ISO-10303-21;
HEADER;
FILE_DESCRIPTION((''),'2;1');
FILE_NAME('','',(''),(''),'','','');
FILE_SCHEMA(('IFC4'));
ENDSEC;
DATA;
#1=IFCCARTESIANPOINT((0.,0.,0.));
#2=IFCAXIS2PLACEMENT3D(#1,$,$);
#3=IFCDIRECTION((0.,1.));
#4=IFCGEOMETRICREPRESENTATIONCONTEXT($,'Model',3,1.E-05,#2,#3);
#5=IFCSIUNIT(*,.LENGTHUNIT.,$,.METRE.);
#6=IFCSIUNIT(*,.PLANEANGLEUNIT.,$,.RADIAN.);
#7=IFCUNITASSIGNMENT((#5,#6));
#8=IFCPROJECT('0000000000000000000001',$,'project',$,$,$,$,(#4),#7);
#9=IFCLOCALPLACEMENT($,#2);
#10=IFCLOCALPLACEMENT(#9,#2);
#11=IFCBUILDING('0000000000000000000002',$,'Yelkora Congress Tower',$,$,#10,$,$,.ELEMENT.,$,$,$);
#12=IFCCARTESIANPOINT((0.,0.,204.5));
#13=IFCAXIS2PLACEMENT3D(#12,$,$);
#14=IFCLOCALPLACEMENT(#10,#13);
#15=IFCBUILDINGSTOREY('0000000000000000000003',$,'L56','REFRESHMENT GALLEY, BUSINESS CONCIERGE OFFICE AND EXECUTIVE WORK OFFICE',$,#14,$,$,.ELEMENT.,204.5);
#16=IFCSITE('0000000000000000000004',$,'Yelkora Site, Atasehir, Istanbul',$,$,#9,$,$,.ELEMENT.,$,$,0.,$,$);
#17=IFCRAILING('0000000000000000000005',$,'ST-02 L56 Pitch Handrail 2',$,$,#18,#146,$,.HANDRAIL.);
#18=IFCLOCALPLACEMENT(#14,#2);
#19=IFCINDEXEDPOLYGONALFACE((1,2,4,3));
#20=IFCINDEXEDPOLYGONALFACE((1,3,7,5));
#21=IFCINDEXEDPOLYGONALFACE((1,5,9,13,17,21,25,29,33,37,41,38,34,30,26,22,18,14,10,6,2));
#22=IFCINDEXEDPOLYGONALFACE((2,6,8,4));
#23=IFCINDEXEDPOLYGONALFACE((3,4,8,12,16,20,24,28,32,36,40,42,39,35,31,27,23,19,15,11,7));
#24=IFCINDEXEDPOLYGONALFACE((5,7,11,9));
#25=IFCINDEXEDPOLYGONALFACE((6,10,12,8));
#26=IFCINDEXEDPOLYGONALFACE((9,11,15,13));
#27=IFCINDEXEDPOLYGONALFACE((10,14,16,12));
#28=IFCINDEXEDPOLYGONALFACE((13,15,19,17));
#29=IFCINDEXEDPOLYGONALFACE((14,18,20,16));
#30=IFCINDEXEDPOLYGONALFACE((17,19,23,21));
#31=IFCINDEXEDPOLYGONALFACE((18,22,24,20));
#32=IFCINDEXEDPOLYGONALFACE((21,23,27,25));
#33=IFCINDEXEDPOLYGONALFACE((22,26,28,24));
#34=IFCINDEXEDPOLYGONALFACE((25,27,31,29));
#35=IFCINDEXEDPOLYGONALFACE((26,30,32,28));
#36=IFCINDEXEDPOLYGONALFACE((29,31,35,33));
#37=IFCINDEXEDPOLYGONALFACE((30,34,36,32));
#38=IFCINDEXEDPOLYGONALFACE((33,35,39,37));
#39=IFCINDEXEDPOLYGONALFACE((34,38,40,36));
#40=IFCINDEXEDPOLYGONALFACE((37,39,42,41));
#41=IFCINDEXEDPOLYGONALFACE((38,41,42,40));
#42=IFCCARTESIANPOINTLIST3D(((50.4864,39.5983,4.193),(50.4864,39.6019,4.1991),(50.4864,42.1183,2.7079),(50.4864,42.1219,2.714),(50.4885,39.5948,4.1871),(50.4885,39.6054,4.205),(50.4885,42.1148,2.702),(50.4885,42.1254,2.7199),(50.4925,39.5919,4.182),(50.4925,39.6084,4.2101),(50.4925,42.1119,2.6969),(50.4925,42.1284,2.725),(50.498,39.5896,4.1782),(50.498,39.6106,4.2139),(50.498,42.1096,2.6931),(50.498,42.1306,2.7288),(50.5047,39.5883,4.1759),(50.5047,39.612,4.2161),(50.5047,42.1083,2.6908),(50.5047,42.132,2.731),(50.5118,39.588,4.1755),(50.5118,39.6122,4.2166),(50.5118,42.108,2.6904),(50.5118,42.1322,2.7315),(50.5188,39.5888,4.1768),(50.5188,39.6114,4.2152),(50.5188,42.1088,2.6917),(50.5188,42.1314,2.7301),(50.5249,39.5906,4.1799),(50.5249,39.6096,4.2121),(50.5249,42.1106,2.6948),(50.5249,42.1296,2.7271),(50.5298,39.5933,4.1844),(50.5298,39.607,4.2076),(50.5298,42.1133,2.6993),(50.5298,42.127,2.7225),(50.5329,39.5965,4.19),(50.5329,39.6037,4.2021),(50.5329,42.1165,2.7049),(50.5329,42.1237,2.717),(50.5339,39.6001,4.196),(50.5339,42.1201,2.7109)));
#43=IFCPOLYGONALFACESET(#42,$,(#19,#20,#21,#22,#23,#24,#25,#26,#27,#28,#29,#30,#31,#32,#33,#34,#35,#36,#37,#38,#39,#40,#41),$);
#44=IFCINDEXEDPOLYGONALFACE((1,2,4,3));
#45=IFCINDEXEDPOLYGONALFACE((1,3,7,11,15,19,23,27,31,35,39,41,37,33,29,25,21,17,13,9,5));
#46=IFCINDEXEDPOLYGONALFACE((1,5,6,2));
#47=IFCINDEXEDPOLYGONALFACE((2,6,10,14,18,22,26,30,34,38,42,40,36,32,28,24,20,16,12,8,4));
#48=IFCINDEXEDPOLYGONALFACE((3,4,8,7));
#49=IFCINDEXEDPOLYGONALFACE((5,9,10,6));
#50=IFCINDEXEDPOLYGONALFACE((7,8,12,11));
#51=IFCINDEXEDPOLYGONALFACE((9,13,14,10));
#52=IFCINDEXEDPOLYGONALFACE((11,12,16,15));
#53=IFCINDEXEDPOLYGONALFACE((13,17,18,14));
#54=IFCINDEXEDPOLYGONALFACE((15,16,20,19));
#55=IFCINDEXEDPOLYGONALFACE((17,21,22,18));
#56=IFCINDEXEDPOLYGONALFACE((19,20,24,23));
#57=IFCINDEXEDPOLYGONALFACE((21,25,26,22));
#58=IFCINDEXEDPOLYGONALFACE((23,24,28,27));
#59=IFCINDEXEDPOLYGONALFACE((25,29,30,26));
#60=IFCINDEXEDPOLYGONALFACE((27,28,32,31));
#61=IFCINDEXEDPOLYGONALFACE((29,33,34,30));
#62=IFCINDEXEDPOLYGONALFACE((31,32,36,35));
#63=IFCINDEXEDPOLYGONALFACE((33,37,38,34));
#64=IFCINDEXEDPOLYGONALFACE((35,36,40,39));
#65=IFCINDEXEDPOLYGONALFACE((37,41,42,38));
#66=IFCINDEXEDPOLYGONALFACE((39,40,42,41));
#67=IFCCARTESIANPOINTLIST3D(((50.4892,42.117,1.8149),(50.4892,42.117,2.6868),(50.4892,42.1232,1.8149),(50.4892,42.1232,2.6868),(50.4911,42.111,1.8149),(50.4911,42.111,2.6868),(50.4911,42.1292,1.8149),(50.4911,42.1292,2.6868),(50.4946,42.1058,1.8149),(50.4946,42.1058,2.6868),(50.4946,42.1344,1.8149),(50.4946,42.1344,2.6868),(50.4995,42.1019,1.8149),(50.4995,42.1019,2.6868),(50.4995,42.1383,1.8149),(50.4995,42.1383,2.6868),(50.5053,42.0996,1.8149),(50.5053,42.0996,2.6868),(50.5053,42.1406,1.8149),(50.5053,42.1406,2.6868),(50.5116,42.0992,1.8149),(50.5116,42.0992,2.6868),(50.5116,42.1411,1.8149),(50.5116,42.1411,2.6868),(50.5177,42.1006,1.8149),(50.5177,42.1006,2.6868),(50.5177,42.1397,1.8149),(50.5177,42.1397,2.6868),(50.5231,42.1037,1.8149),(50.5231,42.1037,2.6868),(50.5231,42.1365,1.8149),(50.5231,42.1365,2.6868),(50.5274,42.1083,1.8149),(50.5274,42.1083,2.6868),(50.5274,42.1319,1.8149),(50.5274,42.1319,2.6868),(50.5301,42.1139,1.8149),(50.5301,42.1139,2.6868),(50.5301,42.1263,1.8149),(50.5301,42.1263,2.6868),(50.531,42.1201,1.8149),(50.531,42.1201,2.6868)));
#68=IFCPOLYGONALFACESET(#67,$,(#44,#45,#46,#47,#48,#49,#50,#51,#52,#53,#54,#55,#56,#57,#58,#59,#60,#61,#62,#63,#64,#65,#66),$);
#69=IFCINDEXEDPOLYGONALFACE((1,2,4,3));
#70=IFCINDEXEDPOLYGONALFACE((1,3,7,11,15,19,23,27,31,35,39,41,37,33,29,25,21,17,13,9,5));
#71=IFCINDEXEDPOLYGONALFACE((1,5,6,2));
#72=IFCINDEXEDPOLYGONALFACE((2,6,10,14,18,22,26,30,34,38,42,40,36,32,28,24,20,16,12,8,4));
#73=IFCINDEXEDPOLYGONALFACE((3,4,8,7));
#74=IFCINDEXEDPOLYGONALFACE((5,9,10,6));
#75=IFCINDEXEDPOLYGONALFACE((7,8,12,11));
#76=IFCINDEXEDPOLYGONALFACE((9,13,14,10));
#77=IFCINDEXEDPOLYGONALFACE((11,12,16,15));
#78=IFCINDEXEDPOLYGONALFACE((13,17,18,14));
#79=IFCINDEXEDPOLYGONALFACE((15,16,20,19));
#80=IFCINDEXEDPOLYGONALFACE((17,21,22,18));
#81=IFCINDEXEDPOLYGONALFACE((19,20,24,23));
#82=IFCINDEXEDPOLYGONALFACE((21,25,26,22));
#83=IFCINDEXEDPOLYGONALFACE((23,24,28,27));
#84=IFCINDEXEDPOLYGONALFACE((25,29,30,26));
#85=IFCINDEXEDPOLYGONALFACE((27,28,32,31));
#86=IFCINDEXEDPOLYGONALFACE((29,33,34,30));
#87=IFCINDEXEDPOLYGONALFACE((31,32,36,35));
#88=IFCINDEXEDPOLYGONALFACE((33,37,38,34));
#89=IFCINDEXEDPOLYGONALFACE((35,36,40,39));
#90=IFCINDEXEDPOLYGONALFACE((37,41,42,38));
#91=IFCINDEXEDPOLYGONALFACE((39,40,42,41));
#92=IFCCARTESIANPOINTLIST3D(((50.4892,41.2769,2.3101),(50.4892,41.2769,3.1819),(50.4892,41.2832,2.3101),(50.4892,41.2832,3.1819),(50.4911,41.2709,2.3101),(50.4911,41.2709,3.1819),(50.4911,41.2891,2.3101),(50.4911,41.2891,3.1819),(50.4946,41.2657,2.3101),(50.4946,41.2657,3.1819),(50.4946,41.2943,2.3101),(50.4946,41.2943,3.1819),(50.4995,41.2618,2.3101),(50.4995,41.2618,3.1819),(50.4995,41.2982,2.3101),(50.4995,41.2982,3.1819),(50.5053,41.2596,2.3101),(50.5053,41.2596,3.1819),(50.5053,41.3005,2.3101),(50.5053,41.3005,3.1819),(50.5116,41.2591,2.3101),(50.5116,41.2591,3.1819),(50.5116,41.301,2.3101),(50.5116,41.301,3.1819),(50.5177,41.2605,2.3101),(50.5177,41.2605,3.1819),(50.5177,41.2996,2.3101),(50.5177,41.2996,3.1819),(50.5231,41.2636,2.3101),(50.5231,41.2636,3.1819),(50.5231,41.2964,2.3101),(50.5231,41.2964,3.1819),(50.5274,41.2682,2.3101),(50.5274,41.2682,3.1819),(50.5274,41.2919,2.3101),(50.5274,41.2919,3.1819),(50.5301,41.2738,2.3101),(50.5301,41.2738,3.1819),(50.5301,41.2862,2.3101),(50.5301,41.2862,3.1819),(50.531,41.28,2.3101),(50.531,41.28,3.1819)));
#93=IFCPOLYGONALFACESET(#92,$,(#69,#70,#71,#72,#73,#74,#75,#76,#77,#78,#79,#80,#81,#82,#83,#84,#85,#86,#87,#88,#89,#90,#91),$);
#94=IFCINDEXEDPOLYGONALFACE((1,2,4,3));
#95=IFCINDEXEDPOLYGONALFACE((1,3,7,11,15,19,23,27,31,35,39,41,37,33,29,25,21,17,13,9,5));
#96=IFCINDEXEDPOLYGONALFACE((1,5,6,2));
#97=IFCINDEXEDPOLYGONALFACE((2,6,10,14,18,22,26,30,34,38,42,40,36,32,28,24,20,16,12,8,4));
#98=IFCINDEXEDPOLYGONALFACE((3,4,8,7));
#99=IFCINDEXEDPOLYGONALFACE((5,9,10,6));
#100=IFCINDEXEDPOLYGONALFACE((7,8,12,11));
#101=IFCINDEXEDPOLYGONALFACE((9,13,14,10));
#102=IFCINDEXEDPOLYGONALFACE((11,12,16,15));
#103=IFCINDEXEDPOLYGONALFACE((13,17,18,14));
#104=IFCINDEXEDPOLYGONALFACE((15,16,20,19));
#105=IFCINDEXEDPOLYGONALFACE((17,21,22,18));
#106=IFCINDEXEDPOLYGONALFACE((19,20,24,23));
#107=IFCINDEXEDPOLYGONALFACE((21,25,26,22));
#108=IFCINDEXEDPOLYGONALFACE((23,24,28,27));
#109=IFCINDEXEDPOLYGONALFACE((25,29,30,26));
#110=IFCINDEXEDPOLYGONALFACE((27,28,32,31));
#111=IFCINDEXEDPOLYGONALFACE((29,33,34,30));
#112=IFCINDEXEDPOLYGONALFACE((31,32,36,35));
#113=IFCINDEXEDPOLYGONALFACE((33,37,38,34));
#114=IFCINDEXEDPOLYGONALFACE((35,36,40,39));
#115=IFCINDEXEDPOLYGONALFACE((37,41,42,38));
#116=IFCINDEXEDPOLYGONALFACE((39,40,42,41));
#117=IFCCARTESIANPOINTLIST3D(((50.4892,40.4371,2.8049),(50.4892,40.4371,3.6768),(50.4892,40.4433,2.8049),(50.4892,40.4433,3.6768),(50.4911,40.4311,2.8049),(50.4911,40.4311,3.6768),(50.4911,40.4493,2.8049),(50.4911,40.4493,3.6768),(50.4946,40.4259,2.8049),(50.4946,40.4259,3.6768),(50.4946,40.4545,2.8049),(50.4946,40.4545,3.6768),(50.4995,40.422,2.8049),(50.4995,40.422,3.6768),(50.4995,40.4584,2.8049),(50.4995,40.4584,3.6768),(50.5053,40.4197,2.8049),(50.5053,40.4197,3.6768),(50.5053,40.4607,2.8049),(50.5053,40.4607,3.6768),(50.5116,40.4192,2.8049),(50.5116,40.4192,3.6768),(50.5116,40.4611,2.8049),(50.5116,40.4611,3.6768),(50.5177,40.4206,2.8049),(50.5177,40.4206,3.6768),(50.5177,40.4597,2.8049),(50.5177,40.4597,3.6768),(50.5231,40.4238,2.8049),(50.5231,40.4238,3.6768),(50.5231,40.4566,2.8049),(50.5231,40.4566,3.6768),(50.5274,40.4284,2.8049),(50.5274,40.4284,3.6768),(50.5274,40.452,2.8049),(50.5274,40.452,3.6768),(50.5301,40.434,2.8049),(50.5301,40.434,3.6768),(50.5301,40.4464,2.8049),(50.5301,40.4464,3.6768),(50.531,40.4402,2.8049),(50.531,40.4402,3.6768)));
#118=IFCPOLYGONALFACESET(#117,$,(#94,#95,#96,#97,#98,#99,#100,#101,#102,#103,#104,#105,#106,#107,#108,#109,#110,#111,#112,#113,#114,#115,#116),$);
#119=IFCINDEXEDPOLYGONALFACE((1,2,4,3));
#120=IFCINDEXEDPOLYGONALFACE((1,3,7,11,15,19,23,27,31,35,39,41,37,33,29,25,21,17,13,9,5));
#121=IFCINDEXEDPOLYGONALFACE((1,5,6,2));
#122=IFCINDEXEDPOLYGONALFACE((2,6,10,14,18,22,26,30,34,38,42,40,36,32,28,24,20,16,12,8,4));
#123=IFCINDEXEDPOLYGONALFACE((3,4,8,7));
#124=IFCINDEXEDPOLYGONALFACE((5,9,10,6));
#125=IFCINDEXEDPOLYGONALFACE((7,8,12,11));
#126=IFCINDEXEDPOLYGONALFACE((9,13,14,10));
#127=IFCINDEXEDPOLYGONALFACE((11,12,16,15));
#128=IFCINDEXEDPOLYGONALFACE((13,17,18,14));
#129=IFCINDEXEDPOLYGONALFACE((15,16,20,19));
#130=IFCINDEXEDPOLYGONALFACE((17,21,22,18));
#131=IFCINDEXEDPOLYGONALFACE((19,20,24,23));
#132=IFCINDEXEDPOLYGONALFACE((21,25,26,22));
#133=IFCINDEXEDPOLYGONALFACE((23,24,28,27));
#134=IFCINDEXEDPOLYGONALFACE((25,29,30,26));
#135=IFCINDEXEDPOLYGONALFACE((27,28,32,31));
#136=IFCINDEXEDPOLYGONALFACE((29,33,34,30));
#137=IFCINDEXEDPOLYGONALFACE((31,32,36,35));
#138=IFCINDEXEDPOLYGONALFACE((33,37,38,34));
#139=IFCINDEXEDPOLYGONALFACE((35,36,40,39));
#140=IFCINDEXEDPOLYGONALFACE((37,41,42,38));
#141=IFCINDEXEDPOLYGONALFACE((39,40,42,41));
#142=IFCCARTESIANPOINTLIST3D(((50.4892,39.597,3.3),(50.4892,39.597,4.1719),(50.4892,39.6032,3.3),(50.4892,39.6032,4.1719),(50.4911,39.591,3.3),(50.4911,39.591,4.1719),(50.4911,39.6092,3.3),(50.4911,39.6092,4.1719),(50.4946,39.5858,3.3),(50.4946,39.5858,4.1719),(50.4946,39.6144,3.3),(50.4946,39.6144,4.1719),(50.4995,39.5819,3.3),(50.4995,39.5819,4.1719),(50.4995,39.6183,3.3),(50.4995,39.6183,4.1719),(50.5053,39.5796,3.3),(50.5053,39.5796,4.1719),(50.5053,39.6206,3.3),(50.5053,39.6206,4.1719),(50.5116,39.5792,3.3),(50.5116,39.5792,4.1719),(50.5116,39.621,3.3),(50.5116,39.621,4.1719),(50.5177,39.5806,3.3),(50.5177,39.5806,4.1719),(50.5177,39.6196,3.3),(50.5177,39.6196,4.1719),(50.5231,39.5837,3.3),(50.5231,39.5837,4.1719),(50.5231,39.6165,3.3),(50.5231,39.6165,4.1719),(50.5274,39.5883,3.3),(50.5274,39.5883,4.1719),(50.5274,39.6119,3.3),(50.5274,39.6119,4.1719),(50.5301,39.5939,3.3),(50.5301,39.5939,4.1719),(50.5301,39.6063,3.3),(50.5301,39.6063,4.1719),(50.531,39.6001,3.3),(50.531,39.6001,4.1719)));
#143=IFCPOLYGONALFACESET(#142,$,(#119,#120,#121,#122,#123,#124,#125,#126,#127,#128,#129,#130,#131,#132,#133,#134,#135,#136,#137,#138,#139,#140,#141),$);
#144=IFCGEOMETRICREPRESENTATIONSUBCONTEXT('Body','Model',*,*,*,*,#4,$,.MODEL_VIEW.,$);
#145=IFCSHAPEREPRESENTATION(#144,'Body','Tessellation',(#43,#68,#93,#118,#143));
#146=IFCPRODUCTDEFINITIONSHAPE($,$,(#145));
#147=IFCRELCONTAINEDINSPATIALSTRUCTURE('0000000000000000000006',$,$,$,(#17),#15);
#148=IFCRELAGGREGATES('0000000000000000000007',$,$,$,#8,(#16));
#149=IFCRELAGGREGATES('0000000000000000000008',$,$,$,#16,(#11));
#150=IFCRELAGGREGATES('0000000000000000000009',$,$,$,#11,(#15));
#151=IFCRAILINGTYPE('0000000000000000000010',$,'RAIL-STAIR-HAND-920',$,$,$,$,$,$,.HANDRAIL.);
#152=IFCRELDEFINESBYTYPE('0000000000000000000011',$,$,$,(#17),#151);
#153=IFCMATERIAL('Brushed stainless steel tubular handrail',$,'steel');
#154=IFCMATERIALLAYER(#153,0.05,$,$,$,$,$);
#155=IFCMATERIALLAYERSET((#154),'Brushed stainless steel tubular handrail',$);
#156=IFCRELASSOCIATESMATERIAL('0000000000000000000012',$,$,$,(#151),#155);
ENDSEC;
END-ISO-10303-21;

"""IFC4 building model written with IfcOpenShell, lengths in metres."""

from ifc_helpers import new_model, si_unit, direction, frame, origin, origin_2d, place, context, subcontext, project, spatial, circle, extrude, material, layer, layer_set, type_object, element, save


model = new_model("IFC4")

# Units and contexts
model_context = context("Model", 3, precision=1e-05, world=origin(), true_north=direction((0.0, 1.0)))
body_context = subcontext(model_context, "Body", "Model", "MODEL_VIEW")
ifc_project = project(units=[si_unit("LENGTHUNIT", "METRE"), si_unit("PLANEANGLEUNIT", "RADIAN")], contexts=[model_context])

# Site, building, storey
site_placement = place(None, origin())
site = spatial("IfcSite", under=ifc_project, at=site_placement, Name="Yelkora Site, Atasehir, Istanbul", CompositionType="ELEMENT", RefElevation=0.0)
building_placement = place(site_placement, origin())
building = spatial("IfcBuilding", under=site, at=building_placement, Name="Yelkora Congress Tower", CompositionType="ELEMENT")
storey_placement = place(building_placement, frame((0.0, 0.0, 204.5)))
storey = spatial("IfcBuildingStorey", under=building, at=storey_placement, Name="L56", Description="REFRESHMENT GALLEY, BUSINESS CONCIERGE OFFICE AND EXECUTIVE WORK OFFICE", CompositionType="ELEMENT", Elevation=204.5)

# Railing
ifc_material_1 = material(Name="Brushed stainless steel tubular handrail", Category="steel")
ifc_layer_1 = layer(ifc_material_1, 0.05)
ifc_layer_set_1 = layer_set([ifc_layer_1], Name="Brushed stainless steel tubular handrail")
railing_type_1 = type_object("IfcRailingType", Name="RAIL-STAIR-HAND-920", PredefinedType="HANDRAIL", material=ifc_layer_set_1)
railing_1_placement = place(storey_placement, frame((50.51, 42.1201, 1.8149)))
element("IfcRailing", 1, at=railing_1_placement, inside=storey, type_object=railing_type_1, Name="ST-02 L56 Pitch Handrail 2", PredefinedType="HANDRAIL", context=body_context, shape_type="SweptSolid", body=[
    extrude(circle(Radius=0.0239, at=origin_2d()), frame((0.0, 0.0, 0.896), z_axis=(0.0, -0.861524, 0.507717), x_axis=(1.0, 0.0, 0.0)), (0.0, 0.0, 1.0), 2.925),
    extrude(circle(Radius=0.021, at=origin_2d()), origin(), (0.0, 0.0, 1.0), 0.8718),
    extrude(circle(Radius=0.021, at=origin_2d()), frame((0.0, -0.8401, 0.4951)), (0.0, 0.0, 1.0), 0.8718),
    extrude(circle(Radius=0.021, at=origin_2d()), frame((0.0, -1.6799, 0.99)), (0.0, 0.0, 1.0), 0.8718),
    extrude(circle(Radius=0.021, at=origin_2d()), frame((0.0, -2.52, 1.4851)), (0.0, 0.0, 1.0), 0.8718),
])

save(model, "model.ifc")
